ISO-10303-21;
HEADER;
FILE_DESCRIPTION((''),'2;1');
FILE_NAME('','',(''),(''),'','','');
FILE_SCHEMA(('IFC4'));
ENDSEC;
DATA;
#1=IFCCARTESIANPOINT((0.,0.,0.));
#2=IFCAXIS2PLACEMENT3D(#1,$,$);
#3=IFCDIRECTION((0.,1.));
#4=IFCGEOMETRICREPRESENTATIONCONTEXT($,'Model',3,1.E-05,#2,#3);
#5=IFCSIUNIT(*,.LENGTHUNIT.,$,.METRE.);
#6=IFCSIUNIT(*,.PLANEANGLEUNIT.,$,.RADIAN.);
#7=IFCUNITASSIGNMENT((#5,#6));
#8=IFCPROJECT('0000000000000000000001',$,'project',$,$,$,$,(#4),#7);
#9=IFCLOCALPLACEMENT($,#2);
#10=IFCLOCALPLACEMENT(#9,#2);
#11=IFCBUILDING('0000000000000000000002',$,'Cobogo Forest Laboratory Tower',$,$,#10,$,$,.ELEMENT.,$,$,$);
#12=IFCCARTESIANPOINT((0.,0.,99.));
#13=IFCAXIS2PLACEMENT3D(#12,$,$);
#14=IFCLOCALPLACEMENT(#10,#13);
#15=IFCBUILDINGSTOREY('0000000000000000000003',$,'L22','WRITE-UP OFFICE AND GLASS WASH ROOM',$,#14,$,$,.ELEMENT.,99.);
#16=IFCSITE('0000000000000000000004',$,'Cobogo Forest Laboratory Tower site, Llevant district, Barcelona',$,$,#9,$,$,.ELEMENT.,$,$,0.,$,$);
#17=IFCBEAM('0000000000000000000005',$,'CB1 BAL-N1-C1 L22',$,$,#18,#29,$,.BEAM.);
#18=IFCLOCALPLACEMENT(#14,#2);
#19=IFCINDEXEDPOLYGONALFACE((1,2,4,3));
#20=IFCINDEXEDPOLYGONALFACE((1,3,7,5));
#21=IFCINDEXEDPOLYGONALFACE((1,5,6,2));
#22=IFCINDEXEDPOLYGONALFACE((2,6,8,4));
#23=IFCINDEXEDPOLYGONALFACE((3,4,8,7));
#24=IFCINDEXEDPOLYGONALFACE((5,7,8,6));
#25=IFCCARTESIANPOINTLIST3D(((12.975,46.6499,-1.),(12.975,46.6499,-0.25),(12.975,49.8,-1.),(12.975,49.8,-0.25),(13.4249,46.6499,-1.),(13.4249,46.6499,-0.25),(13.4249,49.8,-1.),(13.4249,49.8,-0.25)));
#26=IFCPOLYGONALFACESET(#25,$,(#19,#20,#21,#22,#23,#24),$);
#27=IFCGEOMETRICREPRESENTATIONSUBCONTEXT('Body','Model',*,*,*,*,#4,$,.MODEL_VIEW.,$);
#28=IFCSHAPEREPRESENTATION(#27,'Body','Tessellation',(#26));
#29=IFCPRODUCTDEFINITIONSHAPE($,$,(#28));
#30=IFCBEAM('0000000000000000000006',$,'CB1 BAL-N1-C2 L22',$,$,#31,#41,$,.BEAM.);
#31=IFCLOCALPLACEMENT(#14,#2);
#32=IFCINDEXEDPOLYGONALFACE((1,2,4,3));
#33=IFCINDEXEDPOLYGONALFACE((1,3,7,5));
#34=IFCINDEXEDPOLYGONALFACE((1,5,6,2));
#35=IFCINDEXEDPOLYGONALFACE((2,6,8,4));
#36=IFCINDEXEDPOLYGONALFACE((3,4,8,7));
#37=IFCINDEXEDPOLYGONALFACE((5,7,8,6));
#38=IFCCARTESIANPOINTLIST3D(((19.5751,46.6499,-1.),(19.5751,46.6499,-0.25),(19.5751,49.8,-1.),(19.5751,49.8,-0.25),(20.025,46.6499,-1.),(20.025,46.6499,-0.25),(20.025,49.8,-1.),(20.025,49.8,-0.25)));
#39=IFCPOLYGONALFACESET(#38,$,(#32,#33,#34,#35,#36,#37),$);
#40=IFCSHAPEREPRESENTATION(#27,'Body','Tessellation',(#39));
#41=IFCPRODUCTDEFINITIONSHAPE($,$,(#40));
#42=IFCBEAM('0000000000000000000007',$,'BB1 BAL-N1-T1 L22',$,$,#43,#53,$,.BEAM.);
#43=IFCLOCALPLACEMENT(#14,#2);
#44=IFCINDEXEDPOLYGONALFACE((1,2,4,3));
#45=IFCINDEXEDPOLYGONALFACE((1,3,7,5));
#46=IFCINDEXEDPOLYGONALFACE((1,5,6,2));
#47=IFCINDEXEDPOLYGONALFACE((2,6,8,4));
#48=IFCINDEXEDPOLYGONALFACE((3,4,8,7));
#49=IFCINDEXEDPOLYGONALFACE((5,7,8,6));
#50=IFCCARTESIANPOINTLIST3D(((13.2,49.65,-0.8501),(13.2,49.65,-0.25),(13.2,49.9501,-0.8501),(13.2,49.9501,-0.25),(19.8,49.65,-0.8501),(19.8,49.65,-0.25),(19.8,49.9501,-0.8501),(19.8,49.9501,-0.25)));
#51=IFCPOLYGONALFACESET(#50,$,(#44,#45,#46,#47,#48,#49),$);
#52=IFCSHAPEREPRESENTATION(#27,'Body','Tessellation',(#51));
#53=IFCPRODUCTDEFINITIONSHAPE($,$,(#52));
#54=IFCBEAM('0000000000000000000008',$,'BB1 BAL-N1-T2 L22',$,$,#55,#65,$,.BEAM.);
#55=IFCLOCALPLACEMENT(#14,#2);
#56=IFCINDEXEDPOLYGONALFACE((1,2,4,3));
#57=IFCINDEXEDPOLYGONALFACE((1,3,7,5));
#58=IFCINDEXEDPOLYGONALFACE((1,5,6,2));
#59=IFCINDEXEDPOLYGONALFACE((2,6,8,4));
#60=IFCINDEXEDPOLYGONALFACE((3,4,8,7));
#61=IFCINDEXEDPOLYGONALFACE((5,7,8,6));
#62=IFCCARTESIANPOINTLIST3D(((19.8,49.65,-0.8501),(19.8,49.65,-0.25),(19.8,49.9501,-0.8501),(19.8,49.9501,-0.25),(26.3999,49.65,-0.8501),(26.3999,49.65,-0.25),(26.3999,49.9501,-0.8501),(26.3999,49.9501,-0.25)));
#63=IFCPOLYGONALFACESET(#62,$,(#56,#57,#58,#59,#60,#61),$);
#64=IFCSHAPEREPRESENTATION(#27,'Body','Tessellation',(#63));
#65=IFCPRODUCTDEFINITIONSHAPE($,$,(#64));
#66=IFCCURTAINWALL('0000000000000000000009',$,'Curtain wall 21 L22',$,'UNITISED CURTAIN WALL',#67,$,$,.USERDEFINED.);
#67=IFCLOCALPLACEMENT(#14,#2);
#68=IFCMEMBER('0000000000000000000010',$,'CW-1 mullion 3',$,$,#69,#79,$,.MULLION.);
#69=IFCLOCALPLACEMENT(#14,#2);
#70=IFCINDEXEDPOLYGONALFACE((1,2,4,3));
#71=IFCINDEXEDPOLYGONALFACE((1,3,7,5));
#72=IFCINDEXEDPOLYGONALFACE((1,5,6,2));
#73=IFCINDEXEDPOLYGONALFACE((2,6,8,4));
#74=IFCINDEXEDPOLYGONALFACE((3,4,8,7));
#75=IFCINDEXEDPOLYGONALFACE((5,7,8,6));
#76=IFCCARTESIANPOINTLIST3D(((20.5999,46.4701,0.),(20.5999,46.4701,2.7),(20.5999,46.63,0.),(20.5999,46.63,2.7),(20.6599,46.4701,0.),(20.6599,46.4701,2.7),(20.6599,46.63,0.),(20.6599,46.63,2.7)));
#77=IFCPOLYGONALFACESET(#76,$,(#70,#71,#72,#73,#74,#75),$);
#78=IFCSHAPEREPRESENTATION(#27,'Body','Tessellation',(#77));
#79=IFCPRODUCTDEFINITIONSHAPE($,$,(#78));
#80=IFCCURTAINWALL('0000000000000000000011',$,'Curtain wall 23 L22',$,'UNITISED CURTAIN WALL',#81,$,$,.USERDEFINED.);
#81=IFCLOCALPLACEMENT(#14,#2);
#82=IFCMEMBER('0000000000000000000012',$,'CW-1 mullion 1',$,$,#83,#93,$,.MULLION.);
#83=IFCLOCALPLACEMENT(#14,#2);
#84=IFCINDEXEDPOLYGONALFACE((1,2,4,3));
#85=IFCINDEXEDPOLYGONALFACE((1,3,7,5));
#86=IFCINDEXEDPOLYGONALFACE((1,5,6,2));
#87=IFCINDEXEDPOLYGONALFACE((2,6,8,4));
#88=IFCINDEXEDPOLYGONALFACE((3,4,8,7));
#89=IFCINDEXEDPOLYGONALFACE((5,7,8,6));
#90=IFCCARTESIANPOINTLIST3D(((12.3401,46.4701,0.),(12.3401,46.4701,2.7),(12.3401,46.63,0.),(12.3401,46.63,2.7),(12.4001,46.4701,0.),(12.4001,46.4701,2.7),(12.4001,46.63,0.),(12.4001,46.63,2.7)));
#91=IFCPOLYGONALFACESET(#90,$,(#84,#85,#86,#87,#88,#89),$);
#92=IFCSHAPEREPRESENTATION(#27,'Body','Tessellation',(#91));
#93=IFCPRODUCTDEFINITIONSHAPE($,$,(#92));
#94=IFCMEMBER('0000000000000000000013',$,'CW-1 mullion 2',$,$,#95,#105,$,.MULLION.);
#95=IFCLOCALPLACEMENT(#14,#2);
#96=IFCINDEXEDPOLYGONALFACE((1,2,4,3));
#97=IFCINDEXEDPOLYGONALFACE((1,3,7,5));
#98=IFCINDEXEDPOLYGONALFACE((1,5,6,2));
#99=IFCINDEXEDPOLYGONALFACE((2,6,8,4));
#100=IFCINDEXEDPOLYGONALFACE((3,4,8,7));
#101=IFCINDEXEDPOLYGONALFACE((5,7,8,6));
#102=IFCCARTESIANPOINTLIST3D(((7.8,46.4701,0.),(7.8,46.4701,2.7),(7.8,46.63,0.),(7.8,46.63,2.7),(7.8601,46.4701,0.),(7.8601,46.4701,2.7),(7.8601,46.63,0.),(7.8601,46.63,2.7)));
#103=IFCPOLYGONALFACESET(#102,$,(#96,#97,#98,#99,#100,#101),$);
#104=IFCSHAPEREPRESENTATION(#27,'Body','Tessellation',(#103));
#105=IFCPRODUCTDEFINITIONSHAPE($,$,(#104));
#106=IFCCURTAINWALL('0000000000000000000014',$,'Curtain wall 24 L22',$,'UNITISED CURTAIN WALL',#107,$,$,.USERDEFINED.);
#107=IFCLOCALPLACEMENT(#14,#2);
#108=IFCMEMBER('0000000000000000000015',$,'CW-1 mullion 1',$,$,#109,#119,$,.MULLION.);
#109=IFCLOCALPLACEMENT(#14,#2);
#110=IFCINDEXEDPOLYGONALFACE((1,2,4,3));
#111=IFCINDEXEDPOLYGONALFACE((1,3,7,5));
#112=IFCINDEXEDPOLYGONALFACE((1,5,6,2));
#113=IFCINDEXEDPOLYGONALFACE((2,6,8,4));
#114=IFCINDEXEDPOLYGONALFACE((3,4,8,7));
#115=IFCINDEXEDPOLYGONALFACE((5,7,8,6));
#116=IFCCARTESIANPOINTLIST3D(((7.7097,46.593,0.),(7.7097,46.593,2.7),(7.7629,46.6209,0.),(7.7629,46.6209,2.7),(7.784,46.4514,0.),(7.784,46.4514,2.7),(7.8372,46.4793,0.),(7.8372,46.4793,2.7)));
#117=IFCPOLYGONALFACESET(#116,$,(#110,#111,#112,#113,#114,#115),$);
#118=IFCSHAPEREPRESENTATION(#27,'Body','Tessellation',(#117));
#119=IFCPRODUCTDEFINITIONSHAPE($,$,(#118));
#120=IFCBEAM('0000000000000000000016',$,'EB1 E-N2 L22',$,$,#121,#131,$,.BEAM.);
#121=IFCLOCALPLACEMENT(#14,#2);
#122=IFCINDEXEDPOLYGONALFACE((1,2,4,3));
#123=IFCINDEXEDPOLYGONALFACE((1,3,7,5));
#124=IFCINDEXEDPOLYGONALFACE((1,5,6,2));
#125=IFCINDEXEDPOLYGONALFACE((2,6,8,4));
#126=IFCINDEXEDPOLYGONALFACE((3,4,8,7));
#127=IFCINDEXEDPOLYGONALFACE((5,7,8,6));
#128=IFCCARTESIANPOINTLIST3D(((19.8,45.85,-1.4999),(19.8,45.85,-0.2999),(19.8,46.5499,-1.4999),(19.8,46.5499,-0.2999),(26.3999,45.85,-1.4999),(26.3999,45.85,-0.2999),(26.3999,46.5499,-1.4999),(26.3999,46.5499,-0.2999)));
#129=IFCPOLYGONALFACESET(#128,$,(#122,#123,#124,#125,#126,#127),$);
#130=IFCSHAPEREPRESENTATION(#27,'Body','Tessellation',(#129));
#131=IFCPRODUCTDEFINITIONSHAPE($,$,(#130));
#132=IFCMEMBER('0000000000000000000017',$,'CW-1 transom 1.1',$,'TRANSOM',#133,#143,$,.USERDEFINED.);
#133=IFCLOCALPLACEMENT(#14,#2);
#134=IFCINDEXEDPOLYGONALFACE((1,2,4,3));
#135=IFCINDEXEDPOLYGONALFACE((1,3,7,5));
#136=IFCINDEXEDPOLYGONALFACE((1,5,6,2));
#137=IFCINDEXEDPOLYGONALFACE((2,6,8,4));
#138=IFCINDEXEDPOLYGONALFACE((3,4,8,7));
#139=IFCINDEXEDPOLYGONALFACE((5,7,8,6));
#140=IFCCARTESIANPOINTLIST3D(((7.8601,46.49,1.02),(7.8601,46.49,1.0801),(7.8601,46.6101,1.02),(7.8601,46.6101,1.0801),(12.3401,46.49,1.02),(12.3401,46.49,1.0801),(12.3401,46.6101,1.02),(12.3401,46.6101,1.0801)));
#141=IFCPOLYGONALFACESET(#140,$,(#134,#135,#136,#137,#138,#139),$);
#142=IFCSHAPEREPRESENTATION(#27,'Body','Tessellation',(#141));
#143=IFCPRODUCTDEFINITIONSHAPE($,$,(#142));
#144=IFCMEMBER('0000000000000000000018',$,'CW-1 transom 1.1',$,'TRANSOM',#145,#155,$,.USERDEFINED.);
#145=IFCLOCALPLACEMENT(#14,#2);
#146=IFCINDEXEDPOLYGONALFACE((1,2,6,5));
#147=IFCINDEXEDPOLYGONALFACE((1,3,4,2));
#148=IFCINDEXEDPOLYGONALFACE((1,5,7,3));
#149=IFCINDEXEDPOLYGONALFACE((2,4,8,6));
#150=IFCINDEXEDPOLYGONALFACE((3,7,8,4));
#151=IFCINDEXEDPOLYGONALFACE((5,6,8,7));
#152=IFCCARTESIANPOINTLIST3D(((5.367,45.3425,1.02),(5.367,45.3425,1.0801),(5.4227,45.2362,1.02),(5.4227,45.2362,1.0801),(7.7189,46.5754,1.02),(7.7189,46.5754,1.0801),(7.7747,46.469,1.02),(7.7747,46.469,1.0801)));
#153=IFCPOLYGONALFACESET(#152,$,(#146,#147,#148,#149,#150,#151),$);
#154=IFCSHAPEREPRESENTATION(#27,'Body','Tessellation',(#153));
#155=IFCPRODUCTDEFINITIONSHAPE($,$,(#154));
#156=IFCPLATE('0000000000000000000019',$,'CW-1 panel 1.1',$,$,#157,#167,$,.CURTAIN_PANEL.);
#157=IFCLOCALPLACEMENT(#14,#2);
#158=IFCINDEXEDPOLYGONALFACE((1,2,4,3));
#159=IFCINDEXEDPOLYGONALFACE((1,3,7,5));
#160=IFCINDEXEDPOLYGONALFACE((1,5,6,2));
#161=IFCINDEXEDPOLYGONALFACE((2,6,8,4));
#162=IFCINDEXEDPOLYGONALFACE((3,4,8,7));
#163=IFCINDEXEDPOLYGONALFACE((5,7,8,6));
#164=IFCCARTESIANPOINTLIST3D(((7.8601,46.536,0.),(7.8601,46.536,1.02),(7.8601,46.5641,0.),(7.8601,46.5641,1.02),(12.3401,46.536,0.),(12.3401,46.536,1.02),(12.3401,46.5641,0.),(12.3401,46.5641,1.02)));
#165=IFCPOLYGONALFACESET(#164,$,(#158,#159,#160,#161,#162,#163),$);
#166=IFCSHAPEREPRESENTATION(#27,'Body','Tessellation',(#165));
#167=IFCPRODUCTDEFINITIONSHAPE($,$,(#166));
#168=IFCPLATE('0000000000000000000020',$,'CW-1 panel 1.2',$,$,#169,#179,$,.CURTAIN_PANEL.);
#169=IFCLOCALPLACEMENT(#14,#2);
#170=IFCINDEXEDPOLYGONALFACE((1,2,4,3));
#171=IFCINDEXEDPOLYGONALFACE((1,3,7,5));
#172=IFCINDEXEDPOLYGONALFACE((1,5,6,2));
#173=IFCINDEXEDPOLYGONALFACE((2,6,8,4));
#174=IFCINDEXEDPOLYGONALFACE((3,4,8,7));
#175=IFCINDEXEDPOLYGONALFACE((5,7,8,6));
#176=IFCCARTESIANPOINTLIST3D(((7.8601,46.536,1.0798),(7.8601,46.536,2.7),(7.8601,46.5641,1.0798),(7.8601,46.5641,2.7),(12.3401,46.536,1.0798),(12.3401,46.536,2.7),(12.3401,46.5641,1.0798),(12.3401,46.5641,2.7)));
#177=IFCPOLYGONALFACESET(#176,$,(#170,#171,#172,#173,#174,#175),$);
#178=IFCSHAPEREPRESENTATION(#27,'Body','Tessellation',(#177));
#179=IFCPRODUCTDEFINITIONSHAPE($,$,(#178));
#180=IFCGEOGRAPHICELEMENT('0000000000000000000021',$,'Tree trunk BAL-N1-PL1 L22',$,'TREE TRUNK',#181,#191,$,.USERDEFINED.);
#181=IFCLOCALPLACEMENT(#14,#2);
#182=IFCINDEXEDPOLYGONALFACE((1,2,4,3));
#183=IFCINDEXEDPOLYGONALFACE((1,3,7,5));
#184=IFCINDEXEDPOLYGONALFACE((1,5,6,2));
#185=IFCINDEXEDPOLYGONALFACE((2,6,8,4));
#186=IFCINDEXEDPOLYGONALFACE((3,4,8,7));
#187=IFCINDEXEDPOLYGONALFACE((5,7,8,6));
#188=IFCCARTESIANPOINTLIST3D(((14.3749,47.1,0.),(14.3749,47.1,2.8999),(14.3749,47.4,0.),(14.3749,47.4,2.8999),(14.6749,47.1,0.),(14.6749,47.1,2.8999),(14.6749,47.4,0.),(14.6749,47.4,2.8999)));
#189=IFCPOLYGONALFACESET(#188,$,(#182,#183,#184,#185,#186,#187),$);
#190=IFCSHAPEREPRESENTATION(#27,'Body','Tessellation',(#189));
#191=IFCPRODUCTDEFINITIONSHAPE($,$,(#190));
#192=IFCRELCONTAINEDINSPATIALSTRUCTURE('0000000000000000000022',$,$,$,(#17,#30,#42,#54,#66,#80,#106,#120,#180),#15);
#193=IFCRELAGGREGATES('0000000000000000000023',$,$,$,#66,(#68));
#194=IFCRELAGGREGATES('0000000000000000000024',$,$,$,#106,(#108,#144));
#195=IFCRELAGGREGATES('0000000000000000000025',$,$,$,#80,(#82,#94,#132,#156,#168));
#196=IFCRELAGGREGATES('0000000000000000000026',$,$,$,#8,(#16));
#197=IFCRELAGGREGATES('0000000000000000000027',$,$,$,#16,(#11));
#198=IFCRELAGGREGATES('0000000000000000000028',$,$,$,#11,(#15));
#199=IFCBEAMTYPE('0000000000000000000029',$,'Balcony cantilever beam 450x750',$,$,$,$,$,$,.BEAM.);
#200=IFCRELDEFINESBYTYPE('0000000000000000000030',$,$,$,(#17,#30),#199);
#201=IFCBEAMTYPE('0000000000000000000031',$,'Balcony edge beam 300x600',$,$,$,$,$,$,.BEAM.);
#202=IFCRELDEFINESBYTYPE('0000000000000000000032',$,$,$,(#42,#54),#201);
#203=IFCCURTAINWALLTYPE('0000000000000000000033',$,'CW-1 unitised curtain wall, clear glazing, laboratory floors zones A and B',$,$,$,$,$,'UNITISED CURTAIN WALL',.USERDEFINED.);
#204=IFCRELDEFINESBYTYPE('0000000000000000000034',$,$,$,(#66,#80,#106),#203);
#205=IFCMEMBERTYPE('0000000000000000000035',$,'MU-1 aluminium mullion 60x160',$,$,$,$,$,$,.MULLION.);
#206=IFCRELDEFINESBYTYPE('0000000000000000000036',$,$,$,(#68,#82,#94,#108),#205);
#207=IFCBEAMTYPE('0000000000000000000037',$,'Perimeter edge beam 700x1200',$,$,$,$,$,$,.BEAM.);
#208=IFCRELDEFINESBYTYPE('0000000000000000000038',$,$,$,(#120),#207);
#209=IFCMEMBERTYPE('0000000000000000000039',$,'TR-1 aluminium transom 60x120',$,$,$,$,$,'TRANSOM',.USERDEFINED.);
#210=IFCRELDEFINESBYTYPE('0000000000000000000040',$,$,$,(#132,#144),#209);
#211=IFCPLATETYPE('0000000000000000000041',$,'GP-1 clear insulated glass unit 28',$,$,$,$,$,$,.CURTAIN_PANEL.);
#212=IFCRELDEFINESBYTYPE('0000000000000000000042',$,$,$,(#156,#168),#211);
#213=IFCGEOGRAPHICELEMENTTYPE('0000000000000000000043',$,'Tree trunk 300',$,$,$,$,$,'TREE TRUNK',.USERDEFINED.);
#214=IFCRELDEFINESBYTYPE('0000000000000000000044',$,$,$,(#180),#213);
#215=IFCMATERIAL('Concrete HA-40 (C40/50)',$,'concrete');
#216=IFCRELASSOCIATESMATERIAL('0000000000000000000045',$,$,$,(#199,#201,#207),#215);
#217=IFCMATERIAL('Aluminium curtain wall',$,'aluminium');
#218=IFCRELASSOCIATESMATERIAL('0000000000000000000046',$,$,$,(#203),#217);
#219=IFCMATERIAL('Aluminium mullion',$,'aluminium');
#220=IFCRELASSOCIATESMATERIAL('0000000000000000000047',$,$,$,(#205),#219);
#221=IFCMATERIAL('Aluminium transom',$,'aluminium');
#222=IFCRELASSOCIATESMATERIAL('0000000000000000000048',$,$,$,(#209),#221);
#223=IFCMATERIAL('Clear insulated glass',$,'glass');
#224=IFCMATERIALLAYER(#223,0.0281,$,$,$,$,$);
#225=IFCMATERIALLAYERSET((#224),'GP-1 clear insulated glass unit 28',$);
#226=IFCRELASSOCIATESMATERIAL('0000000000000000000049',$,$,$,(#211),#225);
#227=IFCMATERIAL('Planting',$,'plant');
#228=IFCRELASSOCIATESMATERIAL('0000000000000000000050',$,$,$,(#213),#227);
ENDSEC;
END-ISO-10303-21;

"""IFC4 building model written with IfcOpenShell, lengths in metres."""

from ifc_helpers import new_model, si_unit, direction, frame, origin, origin_2d, place, context, subcontext, project, spatial, rectangle, extrude, material, layer, layer_set, material_profile, profile_set, type_object, element, aggregate, save


model = new_model("IFC4")

# Units and contexts
model_context = context("Model", 3, precision=1e-05, world=origin(), true_north=direction((0.0, 1.0)))
body_context = subcontext(model_context, "Body", "Model", "MODEL_VIEW")
ifc_project = project(units=[si_unit("LENGTHUNIT", "METRE"), si_unit("PLANEANGLEUNIT", "RADIAN")], contexts=[model_context])

# Site, building, storey
site_placement = place(None, origin())
site = spatial("IfcSite", under=ifc_project, at=site_placement, Name="Cobogo Forest Laboratory Tower site, Llevant district, Barcelona", CompositionType="ELEMENT", RefElevation=0.0)
building_placement = place(site_placement, origin())
building = spatial("IfcBuilding", under=site, at=building_placement, Name="Cobogo Forest Laboratory Tower", CompositionType="ELEMENT")
storey_placement = place(building_placement, frame((0.0, 0.0, 99.0)))
storey = spatial("IfcBuildingStorey", under=building, at=storey_placement, Name="L22", Description="WRITE-UP OFFICE AND GLASS WASH ROOM", CompositionType="ELEMENT", Elevation=99.0)

# Beams
ifc_material_1 = material(Name="Concrete HA-40 (C40/50)", Category="concrete")
ifc_material_profile_1 = material_profile(ifc_material_1, rectangle(XDim=0.45, YDim=0.75, at=origin_2d()), Name="RC 450x750")
ifc_profile_set_1 = profile_set([ifc_material_profile_1], Name="Concrete HA-40 (C40/50)")
beam_type_1 = type_object("IfcBeamType", Name="Balcony cantilever beam 450x750", PredefinedType="BEAM", material=ifc_profile_set_1)
for number, where, z_axis, x_axis, name in (
    (1, (13.2, 46.6499, -0.625), (0.0, 1.0, 0.0), (-1.0, 0.0, 0.0), "CB1 BAL-N1-C1 L22"),
    (2, (19.8, 46.6499, -0.625), (0.0, 1.0, 0.0), (-1.0, 0.0, 0.0), "CB1 BAL-N1-C2 L22"),
):
    element("IfcBeam", number, at=place(storey_placement, frame(where, z_axis=z_axis, x_axis=x_axis)), inside=storey, type_object=beam_type_1, Name=name, PredefinedType="BEAM", context=body_context, shape_type="SweptSolid", body=[
        extrude(rectangle(XDim=0.45, YDim=0.75, at=origin_2d()), origin(), (0.0, 0.0, 1.0), 3.1501),
    ])
ifc_material_profile_2 = material_profile(ifc_material_1, rectangle(XDim=0.3, YDim=0.6001, at=origin_2d()), Name="RC 300x600")
ifc_profile_set_2 = profile_set([ifc_material_profile_2], Name="Concrete HA-40 (C40/50)")
beam_type_2 = type_object("IfcBeamType", Name="Balcony edge beam 300x600", PredefinedType="BEAM", material=ifc_profile_set_2)
beam_1_placement = place(storey_placement, frame((13.2, 49.8, -0.55), z_axis=(1.0, 0.0, 0.0), x_axis=(0.0, 1.0, 0.0)))
element("IfcBeam", 3, at=beam_1_placement, inside=storey, type_object=beam_type_2, Name="BB1 BAL-N1-T1 L22", PredefinedType="BEAM", context=body_context, shape_type="SweptSolid", body=[
    extrude(rectangle(XDim=0.3, YDim=0.6001, at=origin_2d()), origin(), (0.0, 0.0, 1.0), 6.6001),
])
beam_2_placement = place(storey_placement, frame((19.8, 49.8, -0.55), z_axis=(1.0, 0.0, 0.0), x_axis=(0.0, 1.0, 0.0)))
element("IfcBeam", 4, at=beam_2_placement, inside=storey, type_object=beam_type_2, Name="BB1 BAL-N1-T2 L22", PredefinedType="BEAM", context=body_context, shape_type="SweptSolid", body=[
    extrude(rectangle(XDim=0.3, YDim=0.6001, at=origin_2d()), origin(), (0.0, 0.0, 1.0), 6.5999),
])

# Curtain wall, member
ifc_material_2 = material(Name="Aluminium curtain wall", Category="aluminium")
curtain_wall_type = type_object("IfcCurtainWallType", Name="CW-1 unitised curtain wall, clear glazing, laboratory floors zones A and B", ElementType="UNITISED CURTAIN WALL", PredefinedType="USERDEFINED", material=ifc_material_2)
curtain_wall_1_placement = place(storey_placement, origin())
curtain_wall_1 = element("IfcCurtainWall", 5, at=curtain_wall_1_placement, inside=storey, type_object=curtain_wall_type, Name="Curtain wall 21 L22", ObjectType="UNITISED CURTAIN WALL", PredefinedType="USERDEFINED")
ifc_material_3 = material(Name="Aluminium mullion", Category="aluminium")
ifc_material_profile_3 = material_profile(ifc_material_3, rectangle(XDim=0.0601, YDim=0.1599, at=origin_2d()), Name="AL 60x160")
ifc_profile_set_3 = profile_set([ifc_material_profile_3], Name="Aluminium mullion")
member_type_1 = type_object("IfcMemberType", Name="MU-1 aluminium mullion 60x160", PredefinedType="MULLION", material=ifc_profile_set_3)
member_1_placement = place(storey_placement, frame((20.6299, 46.55, 0.0), z_axis=(0.0, 0.0, 1.0), x_axis=(-1.0, 0.0, 0.0)))
member_1 = element("IfcMember", 6, at=member_1_placement, type_object=member_type_1, Name="CW-1 mullion 3", PredefinedType="MULLION", context=body_context, shape_type="SweptSolid", body=[
    extrude(rectangle(XDim=0.0601, YDim=0.1599, at=origin_2d()), origin(), (0.0, 0.0, 1.0), 2.7),
])
aggregate(curtain_wall_1, [member_1])

# Curtain wall, members
curtain_wall_2_placement = place(storey_placement, origin())
curtain_wall_2 = element("IfcCurtainWall", 7, at=curtain_wall_2_placement, inside=storey, type_object=curtain_wall_type, Name="Curtain wall 23 L22", ObjectType="UNITISED CURTAIN WALL", PredefinedType="USERDEFINED")
member_2_placement = place(storey_placement, frame((12.3701, 46.55, 0.0), z_axis=(0.0, 0.0, 1.0), x_axis=(-1.0, 0.0, 0.0)))
member_2 = element("IfcMember", 8, at=member_2_placement, type_object=member_type_1, Name="CW-1 mullion 1", PredefinedType="MULLION", context=body_context, shape_type="SweptSolid", body=[
    extrude(rectangle(XDim=0.0601, YDim=0.1599, at=origin_2d()), origin(), (0.0, 0.0, 1.0), 2.7),
])
member_3_placement = place(storey_placement, frame((7.8301, 46.55, 0.0), z_axis=(0.0, 0.0, 1.0), x_axis=(-1.0, 0.0, 0.0)))
member_3 = element("IfcMember", 9, at=member_3_placement, type_object=member_type_1, Name="CW-1 mullion 2", PredefinedType="MULLION", context=body_context, shape_type="SweptSolid", body=[
    extrude(rectangle(XDim=0.0601, YDim=0.1599, at=origin_2d()), origin(), (0.0, 0.0, 1.0), 2.7),
])

# Curtain wall, member
curtain_wall_3_placement = place(storey_placement, origin())
curtain_wall_3 = element("IfcCurtainWall", 10, at=curtain_wall_3_placement, inside=storey, type_object=curtain_wall_type, Name="Curtain wall 24 L22", ObjectType="UNITISED CURTAIN WALL", PredefinedType="USERDEFINED")
member_4_placement = place(storey_placement, frame((7.7734, 46.5361, 0.0), z_axis=(0.0, 0.0, 1.0), x_axis=(-0.885687, -0.464284, 0.0)))
member_4 = element("IfcMember", 11, at=member_4_placement, type_object=member_type_1, Name="CW-1 mullion 1", PredefinedType="MULLION", context=body_context, shape_type="SweptSolid", body=[
    extrude(rectangle(XDim=0.0601, YDim=0.1599, at=origin_2d()), origin(), (0.0, 0.0, 1.0), 2.7),
])

# Beam
ifc_material_profile_4 = material_profile(ifc_material_1, rectangle(XDim=0.7, YDim=1.2, at=origin_2d()), Name="RC 700x1200")
ifc_profile_set_4 = profile_set([ifc_material_profile_4], Name="Concrete HA-40 (C40/50)")
beam_type_3 = type_object("IfcBeamType", Name="Perimeter edge beam 700x1200", PredefinedType="BEAM", material=ifc_profile_set_4)
beam_3_placement = place(storey_placement, frame((19.8, 46.2, -0.8999), z_axis=(1.0, 0.0, 0.0), x_axis=(0.0, 1.0, 0.0)))
element("IfcBeam", 12, at=beam_3_placement, inside=storey, type_object=beam_type_3, Name="EB1 E-N2 L22", PredefinedType="BEAM", context=body_context, shape_type="SweptSolid", body=[
    extrude(rectangle(XDim=0.7, YDim=1.2, at=origin_2d()), origin(), (0.0, 0.0, 1.0), 6.5999),
])

# Members
ifc_material_4 = material(Name="Aluminium transom", Category="aluminium")
ifc_material_profile_5 = material_profile(ifc_material_4, rectangle(XDim=0.1201, YDim=0.0601, at=origin_2d()), Name="AL 60x120")
ifc_profile_set_5 = profile_set([ifc_material_profile_5], Name="Aluminium transom")
member_type_2 = type_object("IfcMemberType", Name="TR-1 aluminium transom 60x120", ElementType="TRANSOM", PredefinedType="USERDEFINED", material=ifc_profile_set_5)
member_5_placement = place(storey_placement, frame((12.3401, 46.55, 1.05), z_axis=(-1.0, 0.0, 0.0), x_axis=(0.0, -1.0, 0.0)))
member_5 = element("IfcMember", 13, at=member_5_placement, type_object=member_type_2, Name="CW-1 transom 1.1", ObjectType="TRANSOM", PredefinedType="USERDEFINED", context=body_context, shape_type="SweptSolid", body=[
    extrude(rectangle(XDim=0.1201, YDim=0.0601, at=origin_2d()), origin(), (0.0, 0.0, 1.0), 4.48),
])
member_6_placement = place(storey_placement, frame((7.7468, 46.5222, 1.05), z_axis=(-0.885695, -0.464268, 0.0), x_axis=(0.464268, -0.885695, 0.0)))
member_6 = element("IfcMember", 14, at=member_6_placement, type_object=member_type_2, Name="CW-1 transom 1.1", ObjectType="TRANSOM", PredefinedType="USERDEFINED", context=body_context, shape_type="SweptSolid", body=[
    extrude(rectangle(XDim=0.1201, YDim=0.0601, at=origin_2d()), origin(), (0.0, 0.0, 1.0), 2.6555),
])
aggregate(curtain_wall_3, [member_4, member_6])

# Plates
ifc_material_5 = material(Name="Clear insulated glass", Category="glass")
ifc_layer_1 = layer(ifc_material_5, 0.0281)
ifc_layer_set_1 = layer_set([ifc_layer_1], Name="GP-1 clear insulated glass unit 28")
plate_type = type_object("IfcPlateType", Name="GP-1 clear insulated glass unit 28", PredefinedType="CURTAIN_PANEL", material=ifc_layer_set_1)
plate_1_placement = place(storey_placement, frame((10.1001, 46.55, 0.0), z_axis=(0.0, 0.0, 1.0), x_axis=(-1.0, 0.0, 0.0)))
plate_1 = element("IfcPlate", 15, at=plate_1_placement, type_object=plate_type, Name="CW-1 panel 1.1", PredefinedType="CURTAIN_PANEL", context=body_context, shape_type="SweptSolid", body=[
    extrude(rectangle(XDim=4.48, YDim=0.0281, at=origin_2d()), origin(), (0.0, 0.0, 1.0), 1.02),
])
plate_2_placement = place(storey_placement, frame((10.1001, 46.55, 1.0798), z_axis=(0.0, 0.0, 1.0), x_axis=(-1.0, 0.0, 0.0)))
plate_2 = element("IfcPlate", 16, at=plate_2_placement, type_object=plate_type, Name="CW-1 panel 1.2", PredefinedType="CURTAIN_PANEL", context=body_context, shape_type="SweptSolid", body=[
    extrude(rectangle(XDim=4.48, YDim=0.0281, at=origin_2d()), origin(), (0.0, 0.0, 1.0), 1.6201),
])
aggregate(curtain_wall_2, [member_2, member_3, member_5, plate_1, plate_2])

# Geographic element
ifc_material_6 = material(Name="Planting", Category="plant")
geographic_element_type = type_object("IfcGeographicElementType", Name="Tree trunk 300", ElementType="TREE TRUNK", PredefinedType="USERDEFINED", material=ifc_material_6)
geographic_element_placement = place(storey_placement, frame((14.5249, 47.25, 0.0), z_axis=(0.0, 0.0, 1.0), x_axis=(1.0, 0.0, 0.0)))
element("IfcGeographicElement", 17, at=geographic_element_placement, inside=storey, type_object=geographic_element_type, Name="Tree trunk BAL-N1-PL1 L22", ObjectType="TREE TRUNK", PredefinedType="USERDEFINED", context=body_context, shape_type="SweptSolid", body=[
    extrude(rectangle(XDim=0.3, YDim=0.3, at=origin_2d()), origin(), (0.0, 0.0, 1.0), 2.8999),
])

save(model, "model.ifc")
